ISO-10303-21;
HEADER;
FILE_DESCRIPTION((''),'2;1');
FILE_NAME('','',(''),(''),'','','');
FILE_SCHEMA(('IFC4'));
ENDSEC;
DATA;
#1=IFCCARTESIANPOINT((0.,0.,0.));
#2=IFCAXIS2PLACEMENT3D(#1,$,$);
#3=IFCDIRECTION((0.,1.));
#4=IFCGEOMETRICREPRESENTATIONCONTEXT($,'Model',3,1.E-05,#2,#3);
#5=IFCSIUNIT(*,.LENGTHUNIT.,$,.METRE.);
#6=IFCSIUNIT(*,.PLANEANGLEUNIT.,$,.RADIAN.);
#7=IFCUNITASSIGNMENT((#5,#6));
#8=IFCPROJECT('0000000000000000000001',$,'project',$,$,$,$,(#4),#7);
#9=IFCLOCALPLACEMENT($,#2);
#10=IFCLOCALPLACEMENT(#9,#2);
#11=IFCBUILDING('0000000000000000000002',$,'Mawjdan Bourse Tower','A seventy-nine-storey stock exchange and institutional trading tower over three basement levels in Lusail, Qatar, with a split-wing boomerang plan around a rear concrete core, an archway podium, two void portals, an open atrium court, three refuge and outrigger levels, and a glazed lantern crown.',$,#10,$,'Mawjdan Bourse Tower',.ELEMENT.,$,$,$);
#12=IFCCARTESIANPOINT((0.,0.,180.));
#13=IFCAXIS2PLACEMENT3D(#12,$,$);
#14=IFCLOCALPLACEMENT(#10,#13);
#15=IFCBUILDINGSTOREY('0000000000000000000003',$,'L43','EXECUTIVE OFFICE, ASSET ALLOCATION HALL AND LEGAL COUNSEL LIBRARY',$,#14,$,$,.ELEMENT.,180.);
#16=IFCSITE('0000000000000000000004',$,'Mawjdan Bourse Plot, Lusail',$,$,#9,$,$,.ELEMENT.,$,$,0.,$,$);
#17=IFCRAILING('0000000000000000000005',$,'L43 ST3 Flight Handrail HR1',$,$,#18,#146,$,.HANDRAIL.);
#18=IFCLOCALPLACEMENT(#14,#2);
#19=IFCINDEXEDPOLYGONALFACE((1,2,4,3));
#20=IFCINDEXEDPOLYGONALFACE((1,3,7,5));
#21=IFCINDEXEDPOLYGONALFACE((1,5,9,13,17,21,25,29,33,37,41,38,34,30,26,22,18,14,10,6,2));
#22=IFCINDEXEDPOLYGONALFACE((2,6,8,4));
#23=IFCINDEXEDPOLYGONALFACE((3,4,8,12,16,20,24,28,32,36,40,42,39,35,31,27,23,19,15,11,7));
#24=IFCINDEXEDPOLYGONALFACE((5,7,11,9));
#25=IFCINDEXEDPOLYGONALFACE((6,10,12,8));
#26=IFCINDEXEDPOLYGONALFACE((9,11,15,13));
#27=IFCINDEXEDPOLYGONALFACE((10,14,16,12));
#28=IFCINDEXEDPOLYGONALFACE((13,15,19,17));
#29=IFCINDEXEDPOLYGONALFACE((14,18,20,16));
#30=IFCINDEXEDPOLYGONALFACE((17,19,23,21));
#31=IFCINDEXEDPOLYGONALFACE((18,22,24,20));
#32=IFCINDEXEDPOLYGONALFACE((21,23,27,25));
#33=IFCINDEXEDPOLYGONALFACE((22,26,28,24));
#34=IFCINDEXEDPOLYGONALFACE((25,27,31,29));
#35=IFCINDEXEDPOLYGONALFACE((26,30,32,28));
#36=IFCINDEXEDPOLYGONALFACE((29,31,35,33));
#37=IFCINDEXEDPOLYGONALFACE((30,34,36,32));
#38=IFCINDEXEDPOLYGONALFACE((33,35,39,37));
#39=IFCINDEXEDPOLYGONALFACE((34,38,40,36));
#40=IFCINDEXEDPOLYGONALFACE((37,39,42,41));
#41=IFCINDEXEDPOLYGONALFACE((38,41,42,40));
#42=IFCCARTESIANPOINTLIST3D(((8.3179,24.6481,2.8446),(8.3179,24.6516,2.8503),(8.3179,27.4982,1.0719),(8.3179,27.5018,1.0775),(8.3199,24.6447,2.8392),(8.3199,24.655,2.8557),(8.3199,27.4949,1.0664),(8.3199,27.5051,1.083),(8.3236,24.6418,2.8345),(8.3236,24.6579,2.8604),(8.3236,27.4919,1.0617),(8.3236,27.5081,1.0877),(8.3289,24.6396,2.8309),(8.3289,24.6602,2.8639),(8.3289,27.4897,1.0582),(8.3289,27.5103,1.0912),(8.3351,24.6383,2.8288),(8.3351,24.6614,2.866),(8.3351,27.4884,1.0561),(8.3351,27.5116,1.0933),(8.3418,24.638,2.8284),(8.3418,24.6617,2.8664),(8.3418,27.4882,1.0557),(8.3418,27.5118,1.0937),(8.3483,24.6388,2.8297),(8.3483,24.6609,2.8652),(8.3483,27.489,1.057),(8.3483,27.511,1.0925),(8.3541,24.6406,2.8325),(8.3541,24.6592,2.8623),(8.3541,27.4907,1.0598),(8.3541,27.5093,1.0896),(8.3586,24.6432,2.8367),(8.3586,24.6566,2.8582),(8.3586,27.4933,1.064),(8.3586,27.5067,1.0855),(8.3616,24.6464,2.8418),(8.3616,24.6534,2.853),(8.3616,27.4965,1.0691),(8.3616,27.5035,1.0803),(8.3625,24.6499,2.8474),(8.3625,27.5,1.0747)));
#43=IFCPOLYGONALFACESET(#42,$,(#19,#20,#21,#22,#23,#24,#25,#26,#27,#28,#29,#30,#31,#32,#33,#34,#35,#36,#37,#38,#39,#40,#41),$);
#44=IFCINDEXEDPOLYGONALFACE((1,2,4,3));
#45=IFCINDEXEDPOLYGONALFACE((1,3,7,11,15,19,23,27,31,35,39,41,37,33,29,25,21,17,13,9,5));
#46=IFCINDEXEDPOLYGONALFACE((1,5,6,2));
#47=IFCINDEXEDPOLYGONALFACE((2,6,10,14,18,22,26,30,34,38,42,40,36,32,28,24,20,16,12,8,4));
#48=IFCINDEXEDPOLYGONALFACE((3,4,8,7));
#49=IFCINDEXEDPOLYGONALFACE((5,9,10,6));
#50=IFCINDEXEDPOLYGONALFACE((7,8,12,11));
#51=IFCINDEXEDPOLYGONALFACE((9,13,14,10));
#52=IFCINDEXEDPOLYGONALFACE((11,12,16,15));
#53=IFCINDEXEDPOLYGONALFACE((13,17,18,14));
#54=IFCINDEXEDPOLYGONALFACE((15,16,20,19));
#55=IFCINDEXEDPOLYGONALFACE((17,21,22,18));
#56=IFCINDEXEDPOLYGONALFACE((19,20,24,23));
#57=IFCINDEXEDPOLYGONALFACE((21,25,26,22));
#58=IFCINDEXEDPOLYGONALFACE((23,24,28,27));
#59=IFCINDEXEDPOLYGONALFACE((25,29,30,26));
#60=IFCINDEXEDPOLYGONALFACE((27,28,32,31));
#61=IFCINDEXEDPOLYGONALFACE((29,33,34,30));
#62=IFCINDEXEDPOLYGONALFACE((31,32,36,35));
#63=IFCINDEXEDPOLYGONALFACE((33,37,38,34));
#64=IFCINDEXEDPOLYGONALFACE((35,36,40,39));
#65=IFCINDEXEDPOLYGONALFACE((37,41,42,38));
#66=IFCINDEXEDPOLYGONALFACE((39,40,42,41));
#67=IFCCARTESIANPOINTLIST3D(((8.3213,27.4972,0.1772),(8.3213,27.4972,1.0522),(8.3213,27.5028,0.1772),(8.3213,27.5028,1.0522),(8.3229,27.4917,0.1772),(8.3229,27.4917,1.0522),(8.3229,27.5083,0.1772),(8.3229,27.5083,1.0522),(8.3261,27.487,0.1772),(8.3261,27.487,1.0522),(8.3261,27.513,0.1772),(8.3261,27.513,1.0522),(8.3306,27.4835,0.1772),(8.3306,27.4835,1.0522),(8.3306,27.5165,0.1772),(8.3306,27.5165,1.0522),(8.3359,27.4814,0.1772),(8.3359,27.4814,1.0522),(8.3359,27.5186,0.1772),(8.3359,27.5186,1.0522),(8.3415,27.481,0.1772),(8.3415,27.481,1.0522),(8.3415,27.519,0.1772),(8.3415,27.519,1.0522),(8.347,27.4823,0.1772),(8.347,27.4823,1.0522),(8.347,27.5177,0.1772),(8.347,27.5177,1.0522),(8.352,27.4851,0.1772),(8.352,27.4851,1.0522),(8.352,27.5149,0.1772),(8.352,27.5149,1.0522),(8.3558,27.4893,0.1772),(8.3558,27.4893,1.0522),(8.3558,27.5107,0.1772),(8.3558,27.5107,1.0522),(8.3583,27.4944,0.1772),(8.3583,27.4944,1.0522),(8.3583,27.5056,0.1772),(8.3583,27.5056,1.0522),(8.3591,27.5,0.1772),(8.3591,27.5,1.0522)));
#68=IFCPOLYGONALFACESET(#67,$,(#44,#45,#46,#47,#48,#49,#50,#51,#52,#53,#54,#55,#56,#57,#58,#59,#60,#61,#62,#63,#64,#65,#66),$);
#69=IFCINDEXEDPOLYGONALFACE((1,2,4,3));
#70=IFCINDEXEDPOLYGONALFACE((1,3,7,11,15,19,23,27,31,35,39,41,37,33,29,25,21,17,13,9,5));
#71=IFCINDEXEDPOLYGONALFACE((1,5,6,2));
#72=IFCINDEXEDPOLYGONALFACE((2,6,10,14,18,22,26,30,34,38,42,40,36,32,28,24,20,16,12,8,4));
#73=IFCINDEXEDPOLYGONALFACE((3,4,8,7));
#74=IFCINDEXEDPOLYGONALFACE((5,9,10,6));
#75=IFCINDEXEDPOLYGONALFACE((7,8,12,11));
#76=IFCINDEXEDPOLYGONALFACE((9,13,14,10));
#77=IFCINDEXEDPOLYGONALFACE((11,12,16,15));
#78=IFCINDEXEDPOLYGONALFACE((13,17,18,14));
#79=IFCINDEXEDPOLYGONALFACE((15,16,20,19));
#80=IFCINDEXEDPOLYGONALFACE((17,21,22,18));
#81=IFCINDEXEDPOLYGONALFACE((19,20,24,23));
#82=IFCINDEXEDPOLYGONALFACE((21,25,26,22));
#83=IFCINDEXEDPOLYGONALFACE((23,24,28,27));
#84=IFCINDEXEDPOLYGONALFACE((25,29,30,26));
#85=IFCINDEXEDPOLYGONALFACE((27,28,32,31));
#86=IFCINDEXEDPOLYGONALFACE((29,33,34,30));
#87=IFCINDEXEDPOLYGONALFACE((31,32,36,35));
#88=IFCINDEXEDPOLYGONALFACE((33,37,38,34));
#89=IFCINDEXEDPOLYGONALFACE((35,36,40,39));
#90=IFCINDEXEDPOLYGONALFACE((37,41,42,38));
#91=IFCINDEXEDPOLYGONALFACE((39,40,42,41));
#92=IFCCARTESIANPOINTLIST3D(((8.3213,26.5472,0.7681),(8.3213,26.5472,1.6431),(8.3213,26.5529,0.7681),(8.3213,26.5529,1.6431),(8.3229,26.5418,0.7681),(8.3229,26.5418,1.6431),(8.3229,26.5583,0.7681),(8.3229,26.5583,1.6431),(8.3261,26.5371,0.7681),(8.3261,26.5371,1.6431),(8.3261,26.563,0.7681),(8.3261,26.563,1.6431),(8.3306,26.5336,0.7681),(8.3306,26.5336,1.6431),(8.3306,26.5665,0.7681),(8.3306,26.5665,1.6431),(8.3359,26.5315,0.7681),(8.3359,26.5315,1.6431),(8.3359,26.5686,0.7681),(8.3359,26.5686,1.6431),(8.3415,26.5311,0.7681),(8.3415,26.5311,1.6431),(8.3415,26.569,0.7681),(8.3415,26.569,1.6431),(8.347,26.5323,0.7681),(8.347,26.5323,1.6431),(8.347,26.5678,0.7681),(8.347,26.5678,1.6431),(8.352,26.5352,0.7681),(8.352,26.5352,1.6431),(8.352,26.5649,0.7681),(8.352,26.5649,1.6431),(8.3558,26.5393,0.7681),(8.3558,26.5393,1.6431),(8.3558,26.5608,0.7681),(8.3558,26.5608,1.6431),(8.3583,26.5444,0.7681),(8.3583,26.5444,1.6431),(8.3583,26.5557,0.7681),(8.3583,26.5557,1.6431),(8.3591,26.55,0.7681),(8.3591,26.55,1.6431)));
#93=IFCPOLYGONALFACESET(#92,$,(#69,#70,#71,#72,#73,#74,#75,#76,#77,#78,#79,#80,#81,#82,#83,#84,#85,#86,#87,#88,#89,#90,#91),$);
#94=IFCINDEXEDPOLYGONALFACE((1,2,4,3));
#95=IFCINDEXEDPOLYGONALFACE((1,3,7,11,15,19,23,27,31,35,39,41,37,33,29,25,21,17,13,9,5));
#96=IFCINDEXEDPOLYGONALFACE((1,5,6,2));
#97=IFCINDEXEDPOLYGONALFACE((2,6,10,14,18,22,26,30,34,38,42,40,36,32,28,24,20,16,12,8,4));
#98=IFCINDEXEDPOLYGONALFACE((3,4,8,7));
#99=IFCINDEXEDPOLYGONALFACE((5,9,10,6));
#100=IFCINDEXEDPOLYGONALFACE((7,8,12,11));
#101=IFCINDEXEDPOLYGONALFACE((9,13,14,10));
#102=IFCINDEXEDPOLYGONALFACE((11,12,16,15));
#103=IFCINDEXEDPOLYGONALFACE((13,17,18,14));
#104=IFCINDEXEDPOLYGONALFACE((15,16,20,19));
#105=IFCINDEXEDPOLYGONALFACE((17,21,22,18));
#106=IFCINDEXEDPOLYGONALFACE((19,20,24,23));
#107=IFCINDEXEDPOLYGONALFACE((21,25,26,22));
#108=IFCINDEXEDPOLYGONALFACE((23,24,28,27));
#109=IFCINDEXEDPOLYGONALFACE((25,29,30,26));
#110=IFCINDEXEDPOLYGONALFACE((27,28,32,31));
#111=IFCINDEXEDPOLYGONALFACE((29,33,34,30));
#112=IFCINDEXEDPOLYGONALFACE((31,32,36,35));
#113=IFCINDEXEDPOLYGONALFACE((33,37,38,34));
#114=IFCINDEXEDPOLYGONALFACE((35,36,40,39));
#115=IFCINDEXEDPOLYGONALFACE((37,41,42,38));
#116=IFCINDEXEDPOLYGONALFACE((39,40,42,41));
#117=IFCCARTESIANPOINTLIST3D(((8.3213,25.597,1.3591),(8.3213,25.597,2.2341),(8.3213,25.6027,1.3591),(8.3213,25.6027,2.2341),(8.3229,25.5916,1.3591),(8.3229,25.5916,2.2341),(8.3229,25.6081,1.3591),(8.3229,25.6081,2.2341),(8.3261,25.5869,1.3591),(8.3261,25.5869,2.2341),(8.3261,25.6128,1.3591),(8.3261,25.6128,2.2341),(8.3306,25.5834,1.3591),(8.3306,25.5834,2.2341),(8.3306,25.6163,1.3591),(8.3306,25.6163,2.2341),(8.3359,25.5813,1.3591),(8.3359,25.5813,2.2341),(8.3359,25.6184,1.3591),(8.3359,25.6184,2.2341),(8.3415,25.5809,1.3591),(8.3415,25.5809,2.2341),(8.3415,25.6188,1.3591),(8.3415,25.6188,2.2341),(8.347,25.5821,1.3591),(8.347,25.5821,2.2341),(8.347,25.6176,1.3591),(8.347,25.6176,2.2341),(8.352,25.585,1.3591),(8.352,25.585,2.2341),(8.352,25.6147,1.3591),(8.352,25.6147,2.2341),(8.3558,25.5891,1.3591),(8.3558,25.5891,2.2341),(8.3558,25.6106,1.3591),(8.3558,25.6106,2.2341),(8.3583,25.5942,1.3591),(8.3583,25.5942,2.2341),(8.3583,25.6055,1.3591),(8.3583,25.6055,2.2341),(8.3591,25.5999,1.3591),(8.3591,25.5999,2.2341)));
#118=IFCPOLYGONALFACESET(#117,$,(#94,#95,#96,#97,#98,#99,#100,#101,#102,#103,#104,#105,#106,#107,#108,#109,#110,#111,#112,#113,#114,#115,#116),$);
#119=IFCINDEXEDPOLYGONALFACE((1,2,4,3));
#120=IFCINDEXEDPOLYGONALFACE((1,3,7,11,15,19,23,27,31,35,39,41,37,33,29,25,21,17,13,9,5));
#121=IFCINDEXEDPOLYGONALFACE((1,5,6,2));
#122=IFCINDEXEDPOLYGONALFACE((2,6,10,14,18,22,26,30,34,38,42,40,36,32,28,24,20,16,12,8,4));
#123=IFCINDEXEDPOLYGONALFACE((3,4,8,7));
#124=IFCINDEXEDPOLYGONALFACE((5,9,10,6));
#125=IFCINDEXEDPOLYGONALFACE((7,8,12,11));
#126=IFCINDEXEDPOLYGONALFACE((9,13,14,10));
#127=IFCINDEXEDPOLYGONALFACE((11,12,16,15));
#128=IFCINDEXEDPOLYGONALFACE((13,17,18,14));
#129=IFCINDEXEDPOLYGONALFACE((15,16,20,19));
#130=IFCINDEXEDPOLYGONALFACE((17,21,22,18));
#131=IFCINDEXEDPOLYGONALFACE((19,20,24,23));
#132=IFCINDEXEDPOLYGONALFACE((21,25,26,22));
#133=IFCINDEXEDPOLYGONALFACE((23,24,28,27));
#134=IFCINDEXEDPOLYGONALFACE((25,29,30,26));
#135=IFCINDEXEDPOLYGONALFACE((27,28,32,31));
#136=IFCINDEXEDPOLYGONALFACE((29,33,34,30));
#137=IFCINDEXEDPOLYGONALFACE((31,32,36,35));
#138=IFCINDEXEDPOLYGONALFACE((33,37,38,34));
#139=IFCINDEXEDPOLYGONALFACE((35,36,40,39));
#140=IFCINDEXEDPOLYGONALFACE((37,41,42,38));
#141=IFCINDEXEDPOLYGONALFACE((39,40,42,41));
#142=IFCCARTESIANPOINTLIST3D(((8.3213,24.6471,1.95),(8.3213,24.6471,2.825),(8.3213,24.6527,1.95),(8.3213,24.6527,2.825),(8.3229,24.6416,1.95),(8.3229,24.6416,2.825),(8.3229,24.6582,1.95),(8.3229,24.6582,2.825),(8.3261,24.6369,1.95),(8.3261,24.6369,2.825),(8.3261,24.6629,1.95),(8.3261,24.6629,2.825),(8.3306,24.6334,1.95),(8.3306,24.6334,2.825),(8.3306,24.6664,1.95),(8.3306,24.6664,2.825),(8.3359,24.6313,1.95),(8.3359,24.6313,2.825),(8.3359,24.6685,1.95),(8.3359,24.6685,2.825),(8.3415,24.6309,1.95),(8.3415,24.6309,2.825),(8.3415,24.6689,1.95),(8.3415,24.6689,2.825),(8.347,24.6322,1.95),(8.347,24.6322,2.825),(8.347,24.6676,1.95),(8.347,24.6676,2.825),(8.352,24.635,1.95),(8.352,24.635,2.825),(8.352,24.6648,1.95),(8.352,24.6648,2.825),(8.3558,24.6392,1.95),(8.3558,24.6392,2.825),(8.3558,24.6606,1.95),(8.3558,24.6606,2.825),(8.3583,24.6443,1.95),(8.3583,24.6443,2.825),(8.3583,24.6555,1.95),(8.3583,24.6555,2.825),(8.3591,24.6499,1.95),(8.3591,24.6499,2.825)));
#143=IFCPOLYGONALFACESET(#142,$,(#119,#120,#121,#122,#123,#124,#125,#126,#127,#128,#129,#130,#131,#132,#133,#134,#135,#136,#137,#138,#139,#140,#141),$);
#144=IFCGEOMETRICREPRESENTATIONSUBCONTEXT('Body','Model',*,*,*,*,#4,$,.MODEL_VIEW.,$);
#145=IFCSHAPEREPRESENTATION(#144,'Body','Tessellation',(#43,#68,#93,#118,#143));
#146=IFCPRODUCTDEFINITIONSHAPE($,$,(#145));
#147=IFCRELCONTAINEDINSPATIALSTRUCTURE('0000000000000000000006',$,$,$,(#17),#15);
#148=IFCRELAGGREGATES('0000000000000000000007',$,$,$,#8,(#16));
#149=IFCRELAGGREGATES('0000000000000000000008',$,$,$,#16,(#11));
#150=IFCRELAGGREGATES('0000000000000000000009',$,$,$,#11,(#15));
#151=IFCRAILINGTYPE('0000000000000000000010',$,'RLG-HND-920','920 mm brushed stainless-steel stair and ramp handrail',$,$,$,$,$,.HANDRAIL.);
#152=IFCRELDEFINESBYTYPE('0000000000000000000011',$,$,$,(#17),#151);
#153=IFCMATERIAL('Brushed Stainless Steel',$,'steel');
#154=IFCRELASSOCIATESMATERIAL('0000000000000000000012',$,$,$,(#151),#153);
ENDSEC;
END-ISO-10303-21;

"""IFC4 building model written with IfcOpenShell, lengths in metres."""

from ifc_helpers import new_model, si_unit, direction, frame, origin, origin_2d, place, context, subcontext, project, spatial, circle, extrude, material, type_object, element, save


model = new_model("IFC4")

# Units and contexts
model_context = context("Model", 3, precision=1e-05, world=origin(), true_north=direction((0.0, 1.0)))
body_context = subcontext(model_context, "Body", "Model", "MODEL_VIEW")
ifc_project = project(units=[si_unit("LENGTHUNIT", "METRE"), si_unit("PLANEANGLEUNIT", "RADIAN")], contexts=[model_context])

# Site, building, storey
site_placement = place(None, origin())
site = spatial("IfcSite", under=ifc_project, at=site_placement, Name="Mawjdan Bourse Plot, Lusail", CompositionType="ELEMENT", RefElevation=0.0)
building_placement = place(site_placement, origin())
building = spatial("IfcBuilding", under=site, at=building_placement, Name="Mawjdan Bourse Tower", Description="A seventy-nine-storey stock exchange and institutional trading tower over three basement levels in Lusail, Qatar, with a split-wing boomerang plan around a rear concrete core, an archway podium, two void portals, an open atrium court, three refuge and outrigger levels, and a glazed lantern crown.", LongName="Mawjdan Bourse Tower", CompositionType="ELEMENT")
storey_placement = place(building_placement, frame((0.0, 0.0, 180.0)))
storey = spatial("IfcBuildingStorey", under=building, at=storey_placement, Name="L43", Description="EXECUTIVE OFFICE, ASSET ALLOCATION HALL AND LEGAL COUNSEL LIBRARY", CompositionType="ELEMENT", Elevation=180.0)

# Railing
ifc_material_1 = material(Name="Brushed Stainless Steel", Category="steel")
railing_type_1 = type_object("IfcRailingType", Name="RLG-HND-920", Description="920 mm brushed stainless-steel stair and ramp handrail", PredefinedType="HANDRAIL", material=ifc_material_1)
railing_1_placement = place(storey_placement, frame((8.3401, 27.5, 0.1772)))
element("IfcRailing", 1, at=railing_1_placement, inside=storey, type_object=railing_type_1, Name="L43 ST3 Flight Handrail HR1", PredefinedType="HANDRAIL", context=body_context, shape_type="SweptSolid", body=[
    extrude(circle(Radius=0.0225, at=origin_2d()), frame((0.0, 0.0, 0.8975), z_axis=(0.0, -0.849149, 0.528154), x_axis=(1.0, 0.0, 0.0)), (0.0, 0.0, 1.0), 3.3564),
    extrude(circle(Radius=0.019, at=origin_2d()), origin(), (0.0, 0.0, 1.0), 0.875),
    extrude(circle(Radius=0.019, at=origin_2d()), frame((0.0, -0.95, 0.5908)), (0.0, 0.0, 1.0), 0.875),
    extrude(circle(Radius=0.019, at=origin_2d()), frame((0.0, -1.9001, 1.1819)), (0.0, 0.0, 1.0), 0.875),
    extrude(circle(Radius=0.019, at=origin_2d()), frame((0.0, -2.8501, 1.7727)), (0.0, 0.0, 1.0), 0.875),
])

save(model, "model.ifc")
